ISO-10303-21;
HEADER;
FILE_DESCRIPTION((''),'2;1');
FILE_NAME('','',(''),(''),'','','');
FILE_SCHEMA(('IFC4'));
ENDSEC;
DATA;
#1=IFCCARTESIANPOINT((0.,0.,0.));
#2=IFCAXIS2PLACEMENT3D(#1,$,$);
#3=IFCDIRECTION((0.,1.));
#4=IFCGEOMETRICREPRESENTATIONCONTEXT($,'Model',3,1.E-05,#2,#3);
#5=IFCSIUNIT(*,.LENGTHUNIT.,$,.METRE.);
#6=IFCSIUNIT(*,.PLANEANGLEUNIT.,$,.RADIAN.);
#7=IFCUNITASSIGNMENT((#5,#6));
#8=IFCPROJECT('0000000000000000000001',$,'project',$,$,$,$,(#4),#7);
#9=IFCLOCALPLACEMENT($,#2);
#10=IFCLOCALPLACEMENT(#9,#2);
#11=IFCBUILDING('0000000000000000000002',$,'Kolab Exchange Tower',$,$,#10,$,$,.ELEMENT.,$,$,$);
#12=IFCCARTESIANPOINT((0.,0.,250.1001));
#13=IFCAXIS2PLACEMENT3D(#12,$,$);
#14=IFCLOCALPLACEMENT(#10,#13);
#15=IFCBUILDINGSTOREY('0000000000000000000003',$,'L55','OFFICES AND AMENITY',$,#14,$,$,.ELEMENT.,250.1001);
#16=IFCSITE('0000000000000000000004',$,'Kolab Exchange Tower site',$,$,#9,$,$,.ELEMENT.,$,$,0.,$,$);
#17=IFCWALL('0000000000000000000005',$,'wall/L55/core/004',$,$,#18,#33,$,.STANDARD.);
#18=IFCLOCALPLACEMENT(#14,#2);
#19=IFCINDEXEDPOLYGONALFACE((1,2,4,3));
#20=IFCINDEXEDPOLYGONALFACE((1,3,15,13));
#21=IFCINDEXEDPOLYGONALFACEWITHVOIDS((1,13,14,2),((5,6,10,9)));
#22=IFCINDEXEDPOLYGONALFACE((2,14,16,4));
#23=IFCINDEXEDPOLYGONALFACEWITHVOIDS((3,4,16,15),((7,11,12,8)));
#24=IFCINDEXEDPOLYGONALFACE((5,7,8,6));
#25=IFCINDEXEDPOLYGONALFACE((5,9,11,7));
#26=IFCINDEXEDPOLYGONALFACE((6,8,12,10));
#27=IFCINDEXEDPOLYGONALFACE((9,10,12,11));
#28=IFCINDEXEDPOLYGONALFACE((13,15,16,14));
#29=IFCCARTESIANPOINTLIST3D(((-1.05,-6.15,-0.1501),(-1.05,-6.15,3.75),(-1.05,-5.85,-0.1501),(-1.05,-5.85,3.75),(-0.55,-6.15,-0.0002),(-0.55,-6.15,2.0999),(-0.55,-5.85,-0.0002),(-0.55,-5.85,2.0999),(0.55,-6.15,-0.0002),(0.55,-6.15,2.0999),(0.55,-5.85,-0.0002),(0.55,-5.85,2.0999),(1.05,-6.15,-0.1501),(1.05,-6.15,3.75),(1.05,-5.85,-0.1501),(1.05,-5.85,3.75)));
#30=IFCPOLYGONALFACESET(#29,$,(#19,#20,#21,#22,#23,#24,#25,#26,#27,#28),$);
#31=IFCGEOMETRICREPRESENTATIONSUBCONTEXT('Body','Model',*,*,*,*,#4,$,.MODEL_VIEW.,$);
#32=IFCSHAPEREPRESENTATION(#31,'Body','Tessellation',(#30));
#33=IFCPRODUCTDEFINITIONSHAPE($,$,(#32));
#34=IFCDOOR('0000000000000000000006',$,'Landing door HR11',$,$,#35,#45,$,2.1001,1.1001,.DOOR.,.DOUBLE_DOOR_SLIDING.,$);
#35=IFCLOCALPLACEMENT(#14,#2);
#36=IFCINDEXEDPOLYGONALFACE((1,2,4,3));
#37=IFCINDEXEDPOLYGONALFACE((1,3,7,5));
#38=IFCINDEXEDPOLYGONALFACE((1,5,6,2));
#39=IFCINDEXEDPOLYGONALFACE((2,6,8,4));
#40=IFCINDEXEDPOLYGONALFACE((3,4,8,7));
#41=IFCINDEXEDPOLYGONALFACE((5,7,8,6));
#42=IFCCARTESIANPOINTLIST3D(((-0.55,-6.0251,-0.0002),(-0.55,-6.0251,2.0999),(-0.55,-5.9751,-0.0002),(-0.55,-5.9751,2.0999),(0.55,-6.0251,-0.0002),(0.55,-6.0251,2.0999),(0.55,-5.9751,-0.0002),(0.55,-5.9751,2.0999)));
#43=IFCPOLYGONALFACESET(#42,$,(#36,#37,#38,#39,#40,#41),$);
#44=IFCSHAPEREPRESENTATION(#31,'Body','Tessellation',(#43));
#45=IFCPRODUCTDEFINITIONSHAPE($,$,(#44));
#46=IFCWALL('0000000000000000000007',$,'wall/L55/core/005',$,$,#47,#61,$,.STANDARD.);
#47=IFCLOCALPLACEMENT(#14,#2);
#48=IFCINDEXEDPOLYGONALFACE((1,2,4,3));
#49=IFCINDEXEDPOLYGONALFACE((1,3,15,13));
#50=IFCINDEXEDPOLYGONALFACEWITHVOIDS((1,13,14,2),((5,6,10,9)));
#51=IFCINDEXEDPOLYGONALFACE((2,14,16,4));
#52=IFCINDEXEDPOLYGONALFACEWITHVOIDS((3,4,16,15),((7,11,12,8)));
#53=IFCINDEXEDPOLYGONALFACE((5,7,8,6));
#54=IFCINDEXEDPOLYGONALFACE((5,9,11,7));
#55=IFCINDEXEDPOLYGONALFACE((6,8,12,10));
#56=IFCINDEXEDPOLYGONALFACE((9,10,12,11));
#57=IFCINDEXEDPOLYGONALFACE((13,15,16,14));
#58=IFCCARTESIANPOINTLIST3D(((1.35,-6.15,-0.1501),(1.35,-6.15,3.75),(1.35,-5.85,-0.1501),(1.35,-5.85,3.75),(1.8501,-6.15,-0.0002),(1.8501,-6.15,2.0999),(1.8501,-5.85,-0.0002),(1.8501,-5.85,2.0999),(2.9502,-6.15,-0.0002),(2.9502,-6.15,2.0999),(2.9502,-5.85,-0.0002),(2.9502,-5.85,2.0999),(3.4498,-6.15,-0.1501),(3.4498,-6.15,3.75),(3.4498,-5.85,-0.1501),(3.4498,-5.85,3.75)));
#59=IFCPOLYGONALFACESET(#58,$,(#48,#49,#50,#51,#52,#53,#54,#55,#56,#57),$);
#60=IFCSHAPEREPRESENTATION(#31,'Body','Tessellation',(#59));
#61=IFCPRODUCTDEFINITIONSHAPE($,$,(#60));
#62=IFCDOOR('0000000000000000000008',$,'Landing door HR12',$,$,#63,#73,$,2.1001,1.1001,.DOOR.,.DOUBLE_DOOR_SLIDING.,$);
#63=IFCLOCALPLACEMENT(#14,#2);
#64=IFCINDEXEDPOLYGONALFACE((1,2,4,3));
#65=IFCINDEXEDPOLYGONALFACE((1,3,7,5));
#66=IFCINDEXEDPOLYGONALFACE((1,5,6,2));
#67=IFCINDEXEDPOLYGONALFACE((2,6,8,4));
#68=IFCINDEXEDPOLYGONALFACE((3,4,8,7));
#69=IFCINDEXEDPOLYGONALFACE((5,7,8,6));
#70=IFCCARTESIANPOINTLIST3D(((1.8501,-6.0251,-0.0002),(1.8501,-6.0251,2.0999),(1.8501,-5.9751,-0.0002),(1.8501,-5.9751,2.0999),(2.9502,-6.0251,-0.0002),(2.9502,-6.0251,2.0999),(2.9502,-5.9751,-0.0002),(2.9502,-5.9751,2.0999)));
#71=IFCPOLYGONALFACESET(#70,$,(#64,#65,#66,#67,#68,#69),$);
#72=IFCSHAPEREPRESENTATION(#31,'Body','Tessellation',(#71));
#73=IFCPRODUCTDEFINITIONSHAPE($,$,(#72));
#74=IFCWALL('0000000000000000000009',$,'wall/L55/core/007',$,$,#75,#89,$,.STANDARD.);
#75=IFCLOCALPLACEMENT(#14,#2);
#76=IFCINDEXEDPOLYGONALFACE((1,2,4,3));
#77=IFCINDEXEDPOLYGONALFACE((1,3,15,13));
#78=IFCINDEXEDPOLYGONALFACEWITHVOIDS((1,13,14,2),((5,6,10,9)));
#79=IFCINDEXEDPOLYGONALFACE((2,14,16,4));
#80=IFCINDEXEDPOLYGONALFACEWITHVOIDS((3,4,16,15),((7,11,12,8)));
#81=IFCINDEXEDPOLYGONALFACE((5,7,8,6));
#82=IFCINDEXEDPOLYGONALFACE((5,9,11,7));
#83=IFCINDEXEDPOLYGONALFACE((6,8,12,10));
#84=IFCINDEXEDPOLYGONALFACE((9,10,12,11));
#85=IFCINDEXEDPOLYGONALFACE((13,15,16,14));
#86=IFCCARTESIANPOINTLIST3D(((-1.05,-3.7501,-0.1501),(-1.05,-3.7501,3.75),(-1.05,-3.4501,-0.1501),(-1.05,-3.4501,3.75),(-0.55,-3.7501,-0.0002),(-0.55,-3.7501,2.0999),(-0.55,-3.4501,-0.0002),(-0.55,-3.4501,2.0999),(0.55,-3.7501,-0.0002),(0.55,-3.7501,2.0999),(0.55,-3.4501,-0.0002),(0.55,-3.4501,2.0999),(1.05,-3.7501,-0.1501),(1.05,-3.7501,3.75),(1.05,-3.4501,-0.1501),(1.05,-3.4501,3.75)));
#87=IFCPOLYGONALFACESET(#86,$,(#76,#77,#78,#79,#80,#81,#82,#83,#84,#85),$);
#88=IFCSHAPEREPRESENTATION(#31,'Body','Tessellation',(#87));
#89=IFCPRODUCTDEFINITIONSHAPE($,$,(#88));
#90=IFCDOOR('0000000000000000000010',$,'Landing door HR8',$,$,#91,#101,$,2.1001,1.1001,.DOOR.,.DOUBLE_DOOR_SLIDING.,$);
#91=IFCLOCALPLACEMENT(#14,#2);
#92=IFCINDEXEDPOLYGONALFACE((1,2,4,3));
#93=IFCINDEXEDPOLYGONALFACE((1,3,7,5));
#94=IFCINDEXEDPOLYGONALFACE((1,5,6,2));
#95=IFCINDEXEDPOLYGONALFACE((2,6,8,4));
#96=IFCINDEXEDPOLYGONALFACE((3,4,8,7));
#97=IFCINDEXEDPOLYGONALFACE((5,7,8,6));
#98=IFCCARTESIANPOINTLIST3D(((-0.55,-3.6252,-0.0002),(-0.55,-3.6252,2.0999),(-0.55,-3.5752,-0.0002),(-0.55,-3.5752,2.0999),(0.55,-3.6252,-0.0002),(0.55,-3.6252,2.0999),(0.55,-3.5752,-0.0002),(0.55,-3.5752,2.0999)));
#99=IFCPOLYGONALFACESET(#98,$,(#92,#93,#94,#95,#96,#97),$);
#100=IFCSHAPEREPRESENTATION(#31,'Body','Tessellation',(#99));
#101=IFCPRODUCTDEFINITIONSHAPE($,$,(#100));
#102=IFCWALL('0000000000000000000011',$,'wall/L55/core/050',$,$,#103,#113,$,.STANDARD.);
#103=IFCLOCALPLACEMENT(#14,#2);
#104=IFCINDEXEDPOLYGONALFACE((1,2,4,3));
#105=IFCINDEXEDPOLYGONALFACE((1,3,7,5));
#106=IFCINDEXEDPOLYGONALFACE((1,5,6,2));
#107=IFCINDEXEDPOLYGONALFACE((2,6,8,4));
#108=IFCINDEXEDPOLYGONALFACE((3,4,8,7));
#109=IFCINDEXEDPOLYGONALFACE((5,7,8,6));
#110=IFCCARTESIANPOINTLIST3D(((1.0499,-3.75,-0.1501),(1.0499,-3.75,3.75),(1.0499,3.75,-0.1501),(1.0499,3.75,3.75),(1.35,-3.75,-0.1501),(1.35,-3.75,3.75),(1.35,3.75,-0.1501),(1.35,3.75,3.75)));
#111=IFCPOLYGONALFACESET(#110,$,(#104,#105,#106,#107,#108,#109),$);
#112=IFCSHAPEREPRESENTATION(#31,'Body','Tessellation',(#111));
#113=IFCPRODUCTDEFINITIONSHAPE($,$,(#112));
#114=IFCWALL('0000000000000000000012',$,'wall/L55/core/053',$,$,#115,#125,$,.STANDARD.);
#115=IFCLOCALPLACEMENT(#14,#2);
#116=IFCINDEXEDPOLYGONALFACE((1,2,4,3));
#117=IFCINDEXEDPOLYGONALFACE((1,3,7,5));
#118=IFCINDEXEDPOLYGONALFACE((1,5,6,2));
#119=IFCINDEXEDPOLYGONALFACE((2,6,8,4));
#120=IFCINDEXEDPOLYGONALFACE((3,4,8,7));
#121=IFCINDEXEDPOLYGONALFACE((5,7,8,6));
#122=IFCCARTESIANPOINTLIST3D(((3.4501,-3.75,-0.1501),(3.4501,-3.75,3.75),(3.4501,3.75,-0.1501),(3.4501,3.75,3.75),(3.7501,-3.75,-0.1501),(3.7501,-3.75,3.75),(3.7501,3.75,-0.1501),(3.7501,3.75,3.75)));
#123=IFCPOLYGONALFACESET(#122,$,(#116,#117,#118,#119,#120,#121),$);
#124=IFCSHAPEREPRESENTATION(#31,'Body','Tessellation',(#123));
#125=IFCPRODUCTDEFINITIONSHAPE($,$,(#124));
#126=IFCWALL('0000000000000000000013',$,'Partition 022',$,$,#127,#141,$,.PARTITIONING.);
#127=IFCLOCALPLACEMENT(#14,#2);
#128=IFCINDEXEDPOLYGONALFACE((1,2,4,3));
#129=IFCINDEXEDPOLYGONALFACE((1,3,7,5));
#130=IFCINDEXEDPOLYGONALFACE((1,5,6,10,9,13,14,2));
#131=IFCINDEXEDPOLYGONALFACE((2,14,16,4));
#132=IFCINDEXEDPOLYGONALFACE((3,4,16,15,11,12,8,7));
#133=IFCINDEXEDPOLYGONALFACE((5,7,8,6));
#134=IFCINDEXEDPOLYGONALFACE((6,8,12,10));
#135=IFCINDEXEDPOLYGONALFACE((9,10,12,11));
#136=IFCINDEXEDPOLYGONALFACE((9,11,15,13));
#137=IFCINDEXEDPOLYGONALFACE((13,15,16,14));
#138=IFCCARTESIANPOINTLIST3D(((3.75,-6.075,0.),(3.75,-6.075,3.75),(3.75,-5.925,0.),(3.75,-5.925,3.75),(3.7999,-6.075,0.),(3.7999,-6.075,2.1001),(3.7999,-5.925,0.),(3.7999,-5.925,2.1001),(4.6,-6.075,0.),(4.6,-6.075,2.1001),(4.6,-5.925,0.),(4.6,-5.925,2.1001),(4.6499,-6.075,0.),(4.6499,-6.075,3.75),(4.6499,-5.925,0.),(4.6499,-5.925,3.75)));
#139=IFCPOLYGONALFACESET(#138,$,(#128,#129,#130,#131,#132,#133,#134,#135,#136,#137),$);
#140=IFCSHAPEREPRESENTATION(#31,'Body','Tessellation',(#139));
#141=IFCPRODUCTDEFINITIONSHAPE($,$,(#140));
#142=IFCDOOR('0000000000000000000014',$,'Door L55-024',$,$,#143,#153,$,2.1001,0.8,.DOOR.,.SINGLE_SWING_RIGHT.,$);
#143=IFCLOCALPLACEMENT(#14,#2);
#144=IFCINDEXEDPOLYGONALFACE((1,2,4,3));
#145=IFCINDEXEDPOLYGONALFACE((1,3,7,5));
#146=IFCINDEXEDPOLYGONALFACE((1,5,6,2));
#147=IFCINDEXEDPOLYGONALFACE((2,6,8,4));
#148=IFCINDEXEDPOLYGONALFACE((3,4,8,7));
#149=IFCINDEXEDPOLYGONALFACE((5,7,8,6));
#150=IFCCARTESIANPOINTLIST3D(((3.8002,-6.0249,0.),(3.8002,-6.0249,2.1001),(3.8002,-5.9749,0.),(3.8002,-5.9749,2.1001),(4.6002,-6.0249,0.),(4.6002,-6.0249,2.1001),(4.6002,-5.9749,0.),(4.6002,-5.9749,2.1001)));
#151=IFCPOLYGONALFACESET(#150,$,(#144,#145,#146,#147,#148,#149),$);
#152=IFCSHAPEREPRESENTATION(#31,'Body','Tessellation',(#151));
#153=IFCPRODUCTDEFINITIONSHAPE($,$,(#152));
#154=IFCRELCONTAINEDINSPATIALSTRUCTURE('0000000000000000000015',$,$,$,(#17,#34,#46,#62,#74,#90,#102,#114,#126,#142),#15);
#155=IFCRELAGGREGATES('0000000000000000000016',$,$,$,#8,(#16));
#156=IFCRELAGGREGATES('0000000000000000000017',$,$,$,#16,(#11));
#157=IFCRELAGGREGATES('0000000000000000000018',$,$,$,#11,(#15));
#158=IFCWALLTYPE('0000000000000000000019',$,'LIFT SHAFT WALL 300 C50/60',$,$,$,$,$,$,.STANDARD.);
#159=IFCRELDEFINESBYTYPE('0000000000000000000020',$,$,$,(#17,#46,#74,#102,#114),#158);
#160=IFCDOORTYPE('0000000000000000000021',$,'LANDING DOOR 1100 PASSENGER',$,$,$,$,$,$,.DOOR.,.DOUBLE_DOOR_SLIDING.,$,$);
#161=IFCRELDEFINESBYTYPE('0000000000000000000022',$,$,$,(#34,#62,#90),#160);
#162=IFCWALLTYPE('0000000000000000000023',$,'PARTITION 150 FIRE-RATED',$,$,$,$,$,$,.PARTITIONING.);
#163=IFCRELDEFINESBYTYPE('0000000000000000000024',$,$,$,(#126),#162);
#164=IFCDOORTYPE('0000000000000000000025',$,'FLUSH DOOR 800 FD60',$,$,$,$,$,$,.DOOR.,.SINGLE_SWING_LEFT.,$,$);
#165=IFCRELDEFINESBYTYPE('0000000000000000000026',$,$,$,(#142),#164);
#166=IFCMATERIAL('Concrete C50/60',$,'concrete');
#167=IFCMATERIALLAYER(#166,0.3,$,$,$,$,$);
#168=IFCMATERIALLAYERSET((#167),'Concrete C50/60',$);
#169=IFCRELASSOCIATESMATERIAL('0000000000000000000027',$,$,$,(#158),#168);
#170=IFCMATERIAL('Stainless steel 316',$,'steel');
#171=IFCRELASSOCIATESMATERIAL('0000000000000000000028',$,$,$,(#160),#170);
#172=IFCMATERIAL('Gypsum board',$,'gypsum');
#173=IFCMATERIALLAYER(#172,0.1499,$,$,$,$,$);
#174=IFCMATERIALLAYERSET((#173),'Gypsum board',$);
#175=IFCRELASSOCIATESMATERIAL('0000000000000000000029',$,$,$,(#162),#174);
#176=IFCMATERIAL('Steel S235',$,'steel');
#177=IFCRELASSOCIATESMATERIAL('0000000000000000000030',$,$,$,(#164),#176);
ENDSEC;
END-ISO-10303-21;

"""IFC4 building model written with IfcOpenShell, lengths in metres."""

from ifc_helpers import new_model, si_unit, direction, frame, frame_2d, origin, place, context, subcontext, project, spatial, rectangle, extrude, material, layer, layer_set, type_object, element, fill, save


model = new_model("IFC4")

# Units and contexts
model_context = context("Model", 3, precision=1e-05, world=origin(), true_north=direction((0.0, 1.0)))
body_context = subcontext(model_context, "Body", "Model", "MODEL_VIEW")
ifc_project = project(units=[si_unit("LENGTHUNIT", "METRE"), si_unit("PLANEANGLEUNIT", "RADIAN")], contexts=[model_context])

# Site, building, storey
site_placement = place(None, origin())
site = spatial("IfcSite", under=ifc_project, at=site_placement, Name="Kolab Exchange Tower site", CompositionType="ELEMENT", RefElevation=0.0)
building_placement = place(site_placement, origin())
building = spatial("IfcBuilding", under=site, at=building_placement, Name="Kolab Exchange Tower", CompositionType="ELEMENT")
storey_placement = place(building_placement, frame((0.0, 0.0, 250.1001)))
storey = spatial("IfcBuildingStorey", under=building, at=storey_placement, Name="L55", Description="OFFICES AND AMENITY", CompositionType="ELEMENT", Elevation=250.1001)

# Walls, openings, doors
ifc_material_1 = material(Name="Concrete C50/60", Category="concrete")
ifc_layer_1 = layer(ifc_material_1, 0.3)
ifc_layer_set_1 = layer_set([ifc_layer_1], Name="Concrete C50/60")
wall_type_1 = type_object("IfcWallType", Name="LIFT SHAFT WALL 300 C50/60", PredefinedType="STANDARD", material=ifc_layer_set_1)
wall_1_placement = place(storey_placement, frame((-1.05, -6.0, -0.1501), z_axis=(0.0, 0.0, 1.0), x_axis=(1.0, 0.0, 0.0)))
wall_1 = element("IfcWall", 1, at=wall_1_placement, inside=storey, type_object=wall_type_1, Name="wall/L55/core/004", PredefinedType="STANDARD", context=body_context, shape_type="SweptSolid", body=[
    extrude(rectangle(XDim=2.1001, YDim=0.3, at=frame_2d((1.05, 0.0))), origin(), (0.0, 0.0, 1.0), 3.9001),
])
opening_1_placement = place(wall_1_placement, frame((0.5, 0.0, 0.1499)))
opening_1 = element("IfcOpeningElement", 2, at=opening_1_placement, cuts=wall_1, PredefinedType="OPENING", context=body_context, shape_type="SweptSolid", body=[
    extrude(rectangle(XDim=1.1001, YDim=2.1001, at=frame_2d((0.55, 1.05))), frame((0.0, 0.1602, 0.0), z_axis=(0.0, -1.0, 0.0), x_axis=(1.0, 0.0, 0.0)), (0.0, 0.0, 1.0), 0.3201),
])
ifc_material_2 = material(Name="Stainless steel 316", Category="steel")
door_type_1 = type_object("IfcDoorType", Name="LANDING DOOR 1100 PASSENGER", OperationType="DOUBLE_DOOR_SLIDING", PredefinedType="DOOR", material=ifc_material_2)
door_1_placement = place(opening_1_placement, origin())
door_1 = element("IfcDoor", 3, at=door_1_placement, inside=storey, type_object=door_type_1, Name="Landing door HR11", OperationType="DOUBLE_DOOR_SLIDING", OverallHeight=2.1001, OverallWidth=1.1001, PredefinedType="DOOR", context=body_context, shape_type="SweptSolid", body=[
    extrude(rectangle(XDim=1.1001, YDim=2.1001, at=frame_2d((0.55, 1.05))), frame((0.0, 0.0249, 0.0), z_axis=(0.0, -1.0, 0.0), x_axis=(1.0, 0.0, 0.0)), (0.0, 0.0, 1.0), 0.05),
])
fill(opening_1, door_1)
wall_2_placement = place(storey_placement, frame((1.3501, -6.0, -0.1501), z_axis=(0.0, 0.0, 1.0), x_axis=(1.0, 0.0, 0.0)))
wall_2 = element("IfcWall", 4, at=wall_2_placement, inside=storey, type_object=wall_type_1, Name="wall/L55/core/005", PredefinedType="STANDARD", context=body_context, shape_type="SweptSolid", body=[
    extrude(rectangle(XDim=2.0999, YDim=0.3, at=frame_2d((1.0498, 0.0))), origin(), (0.0, 0.0, 1.0), 3.9001),
])
opening_2_placement = place(wall_2_placement, frame((0.5, 0.0, 0.1499)))
opening_2 = element("IfcOpeningElement", 5, at=opening_2_placement, cuts=wall_2, PredefinedType="OPENING", context=body_context, shape_type="SweptSolid", body=[
    extrude(rectangle(XDim=1.1001, YDim=2.1001, at=frame_2d((0.55, 1.05))), frame((0.0, 0.1602, 0.0), z_axis=(0.0, -1.0, 0.0), x_axis=(1.0, 0.0, 0.0)), (0.0, 0.0, 1.0), 0.3201),
])
door_2_placement = place(opening_2_placement, origin())
door_2 = element("IfcDoor", 6, at=door_2_placement, inside=storey, type_object=door_type_1, Name="Landing door HR12", OperationType="DOUBLE_DOOR_SLIDING", OverallHeight=2.1001, OverallWidth=1.1001, PredefinedType="DOOR", context=body_context, shape_type="SweptSolid", body=[
    extrude(rectangle(XDim=1.1001, YDim=2.1001, at=frame_2d((0.55, 1.05))), frame((0.0, 0.0249, 0.0), z_axis=(0.0, -1.0, 0.0), x_axis=(1.0, 0.0, 0.0)), (0.0, 0.0, 1.0), 0.05),
])
fill(opening_2, door_2)
wall_3_placement = place(storey_placement, frame((-1.05, -3.6001, -0.1501), z_axis=(0.0, 0.0, 1.0), x_axis=(1.0, 0.0, 0.0)))
wall_3 = element("IfcWall", 7, at=wall_3_placement, inside=storey, type_object=wall_type_1, Name="wall/L55/core/007", PredefinedType="STANDARD", context=body_context, shape_type="SweptSolid", body=[
    extrude(rectangle(XDim=2.1001, YDim=0.3, at=frame_2d((1.05, 0.0))), origin(), (0.0, 0.0, 1.0), 3.9001),
])
opening_3_placement = place(wall_3_placement, frame((0.5, 0.0, 0.1499)))
opening_3 = element("IfcOpeningElement", 8, at=opening_3_placement, cuts=wall_3, PredefinedType="OPENING", context=body_context, shape_type="SweptSolid", body=[
    extrude(rectangle(XDim=1.1001, YDim=2.1001, at=frame_2d((0.55, 1.05))), frame((0.0, 0.1602, 0.0), z_axis=(0.0, -1.0, 0.0), x_axis=(1.0, 0.0, 0.0)), (0.0, 0.0, 1.0), 0.3201),
])
door_3_placement = place(opening_3_placement, origin())
door_3 = element("IfcDoor", 9, at=door_3_placement, inside=storey, type_object=door_type_1, Name="Landing door HR8", OperationType="DOUBLE_DOOR_SLIDING", OverallHeight=2.1001, OverallWidth=1.1001, PredefinedType="DOOR", context=body_context, shape_type="SweptSolid", body=[
    extrude(rectangle(XDim=1.1001, YDim=2.1001, at=frame_2d((0.55, 1.05))), frame((0.0, 0.0249, 0.0), z_axis=(0.0, -1.0, 0.0), x_axis=(1.0, 0.0, 0.0)), (0.0, 0.0, 1.0), 0.05),
])
fill(opening_3, door_3)

# Walls
for number, where, z_axis, x_axis, name in (
    (10, (1.2, -3.75, -0.1501), (0.0, 0.0, 1.0), (0.0, 1.0, 0.0), "wall/L55/core/050"),
    (11, (3.6001, -3.75, -0.1501), (0.0, 0.0, 1.0), (0.0, 1.0, 0.0), "wall/L55/core/053"),
):
    element("IfcWall", number, at=place(storey_placement, frame(where, z_axis=z_axis, x_axis=x_axis)), inside=storey, type_object=wall_type_1, Name=name, PredefinedType="STANDARD", context=body_context, shape_type="SweptSolid", body=[
        extrude(rectangle(XDim=7.5, YDim=0.3, at=frame_2d((3.75, 0.0))), origin(), (0.0, 0.0, 1.0), 3.9001),
    ])

# Wall, opening, door
ifc_material_3 = material(Name="Gypsum board", Category="gypsum")
ifc_layer_2 = layer(ifc_material_3, 0.1499)
ifc_layer_set_2 = layer_set([ifc_layer_2], Name="Gypsum board")
wall_type_2 = type_object("IfcWallType", Name="PARTITION 150 FIRE-RATED", PredefinedType="PARTITIONING", material=ifc_layer_set_2)
wall_4_placement = place(storey_placement, frame((3.75, -6.0, 0.0), z_axis=(0.0, 0.0, 1.0), x_axis=(1.0, 0.0, 0.0)))
wall_4 = element("IfcWall", 12, at=wall_4_placement, inside=storey, type_object=wall_type_2, Name="Partition 022", PredefinedType="PARTITIONING", context=body_context, shape_type="SweptSolid", body=[
    extrude(rectangle(XDim=0.8999, YDim=0.1499, at=frame_2d((0.45, 0.0))), origin(), (0.0, 0.0, 1.0), 3.75),
])
opening_4_placement = place(wall_4_placement, frame((0.05, 0.0, 0.0)))
opening_4 = element("IfcOpeningElement", 13, at=opening_4_placement, cuts=wall_4, PredefinedType="OPENING", context=body_context, shape_type="SweptSolid", body=[
    extrude(rectangle(XDim=0.8, YDim=2.1001, at=frame_2d((0.3999, 1.05))), frame((0.0, 0.085, 0.0), z_axis=(0.0, -1.0, 0.0), x_axis=(1.0, 0.0, 0.0)), (0.0, 0.0, 1.0), 0.1699),
])
ifc_material_4 = material(Name="Steel S235", Category="steel")
door_type_2 = type_object("IfcDoorType", Name="FLUSH DOOR 800 FD60", OperationType="SINGLE_SWING_LEFT", PredefinedType="DOOR", material=ifc_material_4)
door_4_placement = place(opening_4_placement, frame((0.8, 0.0, 0.0), z_axis=(0.0, 0.0, 1.0), x_axis=(-1.0, 0.0, 0.0)))
door_4 = element("IfcDoor", 14, at=door_4_placement, inside=storey, type_object=door_type_2, Name="Door L55-024", OperationType="SINGLE_SWING_RIGHT", OverallHeight=2.1001, OverallWidth=0.8, PredefinedType="DOOR", context=body_context, shape_type="SweptSolid", body=[
    extrude(rectangle(XDim=0.8, YDim=2.1001, at=frame_2d((0.3999, 1.05))), frame((0.0, 0.0249, 0.0), z_axis=(0.0, -1.0, 0.0), x_axis=(1.0, 0.0, 0.0)), (0.0, 0.0, 1.0), 0.05),
])
fill(opening_4, door_4)

save(model, "model.ifc")
